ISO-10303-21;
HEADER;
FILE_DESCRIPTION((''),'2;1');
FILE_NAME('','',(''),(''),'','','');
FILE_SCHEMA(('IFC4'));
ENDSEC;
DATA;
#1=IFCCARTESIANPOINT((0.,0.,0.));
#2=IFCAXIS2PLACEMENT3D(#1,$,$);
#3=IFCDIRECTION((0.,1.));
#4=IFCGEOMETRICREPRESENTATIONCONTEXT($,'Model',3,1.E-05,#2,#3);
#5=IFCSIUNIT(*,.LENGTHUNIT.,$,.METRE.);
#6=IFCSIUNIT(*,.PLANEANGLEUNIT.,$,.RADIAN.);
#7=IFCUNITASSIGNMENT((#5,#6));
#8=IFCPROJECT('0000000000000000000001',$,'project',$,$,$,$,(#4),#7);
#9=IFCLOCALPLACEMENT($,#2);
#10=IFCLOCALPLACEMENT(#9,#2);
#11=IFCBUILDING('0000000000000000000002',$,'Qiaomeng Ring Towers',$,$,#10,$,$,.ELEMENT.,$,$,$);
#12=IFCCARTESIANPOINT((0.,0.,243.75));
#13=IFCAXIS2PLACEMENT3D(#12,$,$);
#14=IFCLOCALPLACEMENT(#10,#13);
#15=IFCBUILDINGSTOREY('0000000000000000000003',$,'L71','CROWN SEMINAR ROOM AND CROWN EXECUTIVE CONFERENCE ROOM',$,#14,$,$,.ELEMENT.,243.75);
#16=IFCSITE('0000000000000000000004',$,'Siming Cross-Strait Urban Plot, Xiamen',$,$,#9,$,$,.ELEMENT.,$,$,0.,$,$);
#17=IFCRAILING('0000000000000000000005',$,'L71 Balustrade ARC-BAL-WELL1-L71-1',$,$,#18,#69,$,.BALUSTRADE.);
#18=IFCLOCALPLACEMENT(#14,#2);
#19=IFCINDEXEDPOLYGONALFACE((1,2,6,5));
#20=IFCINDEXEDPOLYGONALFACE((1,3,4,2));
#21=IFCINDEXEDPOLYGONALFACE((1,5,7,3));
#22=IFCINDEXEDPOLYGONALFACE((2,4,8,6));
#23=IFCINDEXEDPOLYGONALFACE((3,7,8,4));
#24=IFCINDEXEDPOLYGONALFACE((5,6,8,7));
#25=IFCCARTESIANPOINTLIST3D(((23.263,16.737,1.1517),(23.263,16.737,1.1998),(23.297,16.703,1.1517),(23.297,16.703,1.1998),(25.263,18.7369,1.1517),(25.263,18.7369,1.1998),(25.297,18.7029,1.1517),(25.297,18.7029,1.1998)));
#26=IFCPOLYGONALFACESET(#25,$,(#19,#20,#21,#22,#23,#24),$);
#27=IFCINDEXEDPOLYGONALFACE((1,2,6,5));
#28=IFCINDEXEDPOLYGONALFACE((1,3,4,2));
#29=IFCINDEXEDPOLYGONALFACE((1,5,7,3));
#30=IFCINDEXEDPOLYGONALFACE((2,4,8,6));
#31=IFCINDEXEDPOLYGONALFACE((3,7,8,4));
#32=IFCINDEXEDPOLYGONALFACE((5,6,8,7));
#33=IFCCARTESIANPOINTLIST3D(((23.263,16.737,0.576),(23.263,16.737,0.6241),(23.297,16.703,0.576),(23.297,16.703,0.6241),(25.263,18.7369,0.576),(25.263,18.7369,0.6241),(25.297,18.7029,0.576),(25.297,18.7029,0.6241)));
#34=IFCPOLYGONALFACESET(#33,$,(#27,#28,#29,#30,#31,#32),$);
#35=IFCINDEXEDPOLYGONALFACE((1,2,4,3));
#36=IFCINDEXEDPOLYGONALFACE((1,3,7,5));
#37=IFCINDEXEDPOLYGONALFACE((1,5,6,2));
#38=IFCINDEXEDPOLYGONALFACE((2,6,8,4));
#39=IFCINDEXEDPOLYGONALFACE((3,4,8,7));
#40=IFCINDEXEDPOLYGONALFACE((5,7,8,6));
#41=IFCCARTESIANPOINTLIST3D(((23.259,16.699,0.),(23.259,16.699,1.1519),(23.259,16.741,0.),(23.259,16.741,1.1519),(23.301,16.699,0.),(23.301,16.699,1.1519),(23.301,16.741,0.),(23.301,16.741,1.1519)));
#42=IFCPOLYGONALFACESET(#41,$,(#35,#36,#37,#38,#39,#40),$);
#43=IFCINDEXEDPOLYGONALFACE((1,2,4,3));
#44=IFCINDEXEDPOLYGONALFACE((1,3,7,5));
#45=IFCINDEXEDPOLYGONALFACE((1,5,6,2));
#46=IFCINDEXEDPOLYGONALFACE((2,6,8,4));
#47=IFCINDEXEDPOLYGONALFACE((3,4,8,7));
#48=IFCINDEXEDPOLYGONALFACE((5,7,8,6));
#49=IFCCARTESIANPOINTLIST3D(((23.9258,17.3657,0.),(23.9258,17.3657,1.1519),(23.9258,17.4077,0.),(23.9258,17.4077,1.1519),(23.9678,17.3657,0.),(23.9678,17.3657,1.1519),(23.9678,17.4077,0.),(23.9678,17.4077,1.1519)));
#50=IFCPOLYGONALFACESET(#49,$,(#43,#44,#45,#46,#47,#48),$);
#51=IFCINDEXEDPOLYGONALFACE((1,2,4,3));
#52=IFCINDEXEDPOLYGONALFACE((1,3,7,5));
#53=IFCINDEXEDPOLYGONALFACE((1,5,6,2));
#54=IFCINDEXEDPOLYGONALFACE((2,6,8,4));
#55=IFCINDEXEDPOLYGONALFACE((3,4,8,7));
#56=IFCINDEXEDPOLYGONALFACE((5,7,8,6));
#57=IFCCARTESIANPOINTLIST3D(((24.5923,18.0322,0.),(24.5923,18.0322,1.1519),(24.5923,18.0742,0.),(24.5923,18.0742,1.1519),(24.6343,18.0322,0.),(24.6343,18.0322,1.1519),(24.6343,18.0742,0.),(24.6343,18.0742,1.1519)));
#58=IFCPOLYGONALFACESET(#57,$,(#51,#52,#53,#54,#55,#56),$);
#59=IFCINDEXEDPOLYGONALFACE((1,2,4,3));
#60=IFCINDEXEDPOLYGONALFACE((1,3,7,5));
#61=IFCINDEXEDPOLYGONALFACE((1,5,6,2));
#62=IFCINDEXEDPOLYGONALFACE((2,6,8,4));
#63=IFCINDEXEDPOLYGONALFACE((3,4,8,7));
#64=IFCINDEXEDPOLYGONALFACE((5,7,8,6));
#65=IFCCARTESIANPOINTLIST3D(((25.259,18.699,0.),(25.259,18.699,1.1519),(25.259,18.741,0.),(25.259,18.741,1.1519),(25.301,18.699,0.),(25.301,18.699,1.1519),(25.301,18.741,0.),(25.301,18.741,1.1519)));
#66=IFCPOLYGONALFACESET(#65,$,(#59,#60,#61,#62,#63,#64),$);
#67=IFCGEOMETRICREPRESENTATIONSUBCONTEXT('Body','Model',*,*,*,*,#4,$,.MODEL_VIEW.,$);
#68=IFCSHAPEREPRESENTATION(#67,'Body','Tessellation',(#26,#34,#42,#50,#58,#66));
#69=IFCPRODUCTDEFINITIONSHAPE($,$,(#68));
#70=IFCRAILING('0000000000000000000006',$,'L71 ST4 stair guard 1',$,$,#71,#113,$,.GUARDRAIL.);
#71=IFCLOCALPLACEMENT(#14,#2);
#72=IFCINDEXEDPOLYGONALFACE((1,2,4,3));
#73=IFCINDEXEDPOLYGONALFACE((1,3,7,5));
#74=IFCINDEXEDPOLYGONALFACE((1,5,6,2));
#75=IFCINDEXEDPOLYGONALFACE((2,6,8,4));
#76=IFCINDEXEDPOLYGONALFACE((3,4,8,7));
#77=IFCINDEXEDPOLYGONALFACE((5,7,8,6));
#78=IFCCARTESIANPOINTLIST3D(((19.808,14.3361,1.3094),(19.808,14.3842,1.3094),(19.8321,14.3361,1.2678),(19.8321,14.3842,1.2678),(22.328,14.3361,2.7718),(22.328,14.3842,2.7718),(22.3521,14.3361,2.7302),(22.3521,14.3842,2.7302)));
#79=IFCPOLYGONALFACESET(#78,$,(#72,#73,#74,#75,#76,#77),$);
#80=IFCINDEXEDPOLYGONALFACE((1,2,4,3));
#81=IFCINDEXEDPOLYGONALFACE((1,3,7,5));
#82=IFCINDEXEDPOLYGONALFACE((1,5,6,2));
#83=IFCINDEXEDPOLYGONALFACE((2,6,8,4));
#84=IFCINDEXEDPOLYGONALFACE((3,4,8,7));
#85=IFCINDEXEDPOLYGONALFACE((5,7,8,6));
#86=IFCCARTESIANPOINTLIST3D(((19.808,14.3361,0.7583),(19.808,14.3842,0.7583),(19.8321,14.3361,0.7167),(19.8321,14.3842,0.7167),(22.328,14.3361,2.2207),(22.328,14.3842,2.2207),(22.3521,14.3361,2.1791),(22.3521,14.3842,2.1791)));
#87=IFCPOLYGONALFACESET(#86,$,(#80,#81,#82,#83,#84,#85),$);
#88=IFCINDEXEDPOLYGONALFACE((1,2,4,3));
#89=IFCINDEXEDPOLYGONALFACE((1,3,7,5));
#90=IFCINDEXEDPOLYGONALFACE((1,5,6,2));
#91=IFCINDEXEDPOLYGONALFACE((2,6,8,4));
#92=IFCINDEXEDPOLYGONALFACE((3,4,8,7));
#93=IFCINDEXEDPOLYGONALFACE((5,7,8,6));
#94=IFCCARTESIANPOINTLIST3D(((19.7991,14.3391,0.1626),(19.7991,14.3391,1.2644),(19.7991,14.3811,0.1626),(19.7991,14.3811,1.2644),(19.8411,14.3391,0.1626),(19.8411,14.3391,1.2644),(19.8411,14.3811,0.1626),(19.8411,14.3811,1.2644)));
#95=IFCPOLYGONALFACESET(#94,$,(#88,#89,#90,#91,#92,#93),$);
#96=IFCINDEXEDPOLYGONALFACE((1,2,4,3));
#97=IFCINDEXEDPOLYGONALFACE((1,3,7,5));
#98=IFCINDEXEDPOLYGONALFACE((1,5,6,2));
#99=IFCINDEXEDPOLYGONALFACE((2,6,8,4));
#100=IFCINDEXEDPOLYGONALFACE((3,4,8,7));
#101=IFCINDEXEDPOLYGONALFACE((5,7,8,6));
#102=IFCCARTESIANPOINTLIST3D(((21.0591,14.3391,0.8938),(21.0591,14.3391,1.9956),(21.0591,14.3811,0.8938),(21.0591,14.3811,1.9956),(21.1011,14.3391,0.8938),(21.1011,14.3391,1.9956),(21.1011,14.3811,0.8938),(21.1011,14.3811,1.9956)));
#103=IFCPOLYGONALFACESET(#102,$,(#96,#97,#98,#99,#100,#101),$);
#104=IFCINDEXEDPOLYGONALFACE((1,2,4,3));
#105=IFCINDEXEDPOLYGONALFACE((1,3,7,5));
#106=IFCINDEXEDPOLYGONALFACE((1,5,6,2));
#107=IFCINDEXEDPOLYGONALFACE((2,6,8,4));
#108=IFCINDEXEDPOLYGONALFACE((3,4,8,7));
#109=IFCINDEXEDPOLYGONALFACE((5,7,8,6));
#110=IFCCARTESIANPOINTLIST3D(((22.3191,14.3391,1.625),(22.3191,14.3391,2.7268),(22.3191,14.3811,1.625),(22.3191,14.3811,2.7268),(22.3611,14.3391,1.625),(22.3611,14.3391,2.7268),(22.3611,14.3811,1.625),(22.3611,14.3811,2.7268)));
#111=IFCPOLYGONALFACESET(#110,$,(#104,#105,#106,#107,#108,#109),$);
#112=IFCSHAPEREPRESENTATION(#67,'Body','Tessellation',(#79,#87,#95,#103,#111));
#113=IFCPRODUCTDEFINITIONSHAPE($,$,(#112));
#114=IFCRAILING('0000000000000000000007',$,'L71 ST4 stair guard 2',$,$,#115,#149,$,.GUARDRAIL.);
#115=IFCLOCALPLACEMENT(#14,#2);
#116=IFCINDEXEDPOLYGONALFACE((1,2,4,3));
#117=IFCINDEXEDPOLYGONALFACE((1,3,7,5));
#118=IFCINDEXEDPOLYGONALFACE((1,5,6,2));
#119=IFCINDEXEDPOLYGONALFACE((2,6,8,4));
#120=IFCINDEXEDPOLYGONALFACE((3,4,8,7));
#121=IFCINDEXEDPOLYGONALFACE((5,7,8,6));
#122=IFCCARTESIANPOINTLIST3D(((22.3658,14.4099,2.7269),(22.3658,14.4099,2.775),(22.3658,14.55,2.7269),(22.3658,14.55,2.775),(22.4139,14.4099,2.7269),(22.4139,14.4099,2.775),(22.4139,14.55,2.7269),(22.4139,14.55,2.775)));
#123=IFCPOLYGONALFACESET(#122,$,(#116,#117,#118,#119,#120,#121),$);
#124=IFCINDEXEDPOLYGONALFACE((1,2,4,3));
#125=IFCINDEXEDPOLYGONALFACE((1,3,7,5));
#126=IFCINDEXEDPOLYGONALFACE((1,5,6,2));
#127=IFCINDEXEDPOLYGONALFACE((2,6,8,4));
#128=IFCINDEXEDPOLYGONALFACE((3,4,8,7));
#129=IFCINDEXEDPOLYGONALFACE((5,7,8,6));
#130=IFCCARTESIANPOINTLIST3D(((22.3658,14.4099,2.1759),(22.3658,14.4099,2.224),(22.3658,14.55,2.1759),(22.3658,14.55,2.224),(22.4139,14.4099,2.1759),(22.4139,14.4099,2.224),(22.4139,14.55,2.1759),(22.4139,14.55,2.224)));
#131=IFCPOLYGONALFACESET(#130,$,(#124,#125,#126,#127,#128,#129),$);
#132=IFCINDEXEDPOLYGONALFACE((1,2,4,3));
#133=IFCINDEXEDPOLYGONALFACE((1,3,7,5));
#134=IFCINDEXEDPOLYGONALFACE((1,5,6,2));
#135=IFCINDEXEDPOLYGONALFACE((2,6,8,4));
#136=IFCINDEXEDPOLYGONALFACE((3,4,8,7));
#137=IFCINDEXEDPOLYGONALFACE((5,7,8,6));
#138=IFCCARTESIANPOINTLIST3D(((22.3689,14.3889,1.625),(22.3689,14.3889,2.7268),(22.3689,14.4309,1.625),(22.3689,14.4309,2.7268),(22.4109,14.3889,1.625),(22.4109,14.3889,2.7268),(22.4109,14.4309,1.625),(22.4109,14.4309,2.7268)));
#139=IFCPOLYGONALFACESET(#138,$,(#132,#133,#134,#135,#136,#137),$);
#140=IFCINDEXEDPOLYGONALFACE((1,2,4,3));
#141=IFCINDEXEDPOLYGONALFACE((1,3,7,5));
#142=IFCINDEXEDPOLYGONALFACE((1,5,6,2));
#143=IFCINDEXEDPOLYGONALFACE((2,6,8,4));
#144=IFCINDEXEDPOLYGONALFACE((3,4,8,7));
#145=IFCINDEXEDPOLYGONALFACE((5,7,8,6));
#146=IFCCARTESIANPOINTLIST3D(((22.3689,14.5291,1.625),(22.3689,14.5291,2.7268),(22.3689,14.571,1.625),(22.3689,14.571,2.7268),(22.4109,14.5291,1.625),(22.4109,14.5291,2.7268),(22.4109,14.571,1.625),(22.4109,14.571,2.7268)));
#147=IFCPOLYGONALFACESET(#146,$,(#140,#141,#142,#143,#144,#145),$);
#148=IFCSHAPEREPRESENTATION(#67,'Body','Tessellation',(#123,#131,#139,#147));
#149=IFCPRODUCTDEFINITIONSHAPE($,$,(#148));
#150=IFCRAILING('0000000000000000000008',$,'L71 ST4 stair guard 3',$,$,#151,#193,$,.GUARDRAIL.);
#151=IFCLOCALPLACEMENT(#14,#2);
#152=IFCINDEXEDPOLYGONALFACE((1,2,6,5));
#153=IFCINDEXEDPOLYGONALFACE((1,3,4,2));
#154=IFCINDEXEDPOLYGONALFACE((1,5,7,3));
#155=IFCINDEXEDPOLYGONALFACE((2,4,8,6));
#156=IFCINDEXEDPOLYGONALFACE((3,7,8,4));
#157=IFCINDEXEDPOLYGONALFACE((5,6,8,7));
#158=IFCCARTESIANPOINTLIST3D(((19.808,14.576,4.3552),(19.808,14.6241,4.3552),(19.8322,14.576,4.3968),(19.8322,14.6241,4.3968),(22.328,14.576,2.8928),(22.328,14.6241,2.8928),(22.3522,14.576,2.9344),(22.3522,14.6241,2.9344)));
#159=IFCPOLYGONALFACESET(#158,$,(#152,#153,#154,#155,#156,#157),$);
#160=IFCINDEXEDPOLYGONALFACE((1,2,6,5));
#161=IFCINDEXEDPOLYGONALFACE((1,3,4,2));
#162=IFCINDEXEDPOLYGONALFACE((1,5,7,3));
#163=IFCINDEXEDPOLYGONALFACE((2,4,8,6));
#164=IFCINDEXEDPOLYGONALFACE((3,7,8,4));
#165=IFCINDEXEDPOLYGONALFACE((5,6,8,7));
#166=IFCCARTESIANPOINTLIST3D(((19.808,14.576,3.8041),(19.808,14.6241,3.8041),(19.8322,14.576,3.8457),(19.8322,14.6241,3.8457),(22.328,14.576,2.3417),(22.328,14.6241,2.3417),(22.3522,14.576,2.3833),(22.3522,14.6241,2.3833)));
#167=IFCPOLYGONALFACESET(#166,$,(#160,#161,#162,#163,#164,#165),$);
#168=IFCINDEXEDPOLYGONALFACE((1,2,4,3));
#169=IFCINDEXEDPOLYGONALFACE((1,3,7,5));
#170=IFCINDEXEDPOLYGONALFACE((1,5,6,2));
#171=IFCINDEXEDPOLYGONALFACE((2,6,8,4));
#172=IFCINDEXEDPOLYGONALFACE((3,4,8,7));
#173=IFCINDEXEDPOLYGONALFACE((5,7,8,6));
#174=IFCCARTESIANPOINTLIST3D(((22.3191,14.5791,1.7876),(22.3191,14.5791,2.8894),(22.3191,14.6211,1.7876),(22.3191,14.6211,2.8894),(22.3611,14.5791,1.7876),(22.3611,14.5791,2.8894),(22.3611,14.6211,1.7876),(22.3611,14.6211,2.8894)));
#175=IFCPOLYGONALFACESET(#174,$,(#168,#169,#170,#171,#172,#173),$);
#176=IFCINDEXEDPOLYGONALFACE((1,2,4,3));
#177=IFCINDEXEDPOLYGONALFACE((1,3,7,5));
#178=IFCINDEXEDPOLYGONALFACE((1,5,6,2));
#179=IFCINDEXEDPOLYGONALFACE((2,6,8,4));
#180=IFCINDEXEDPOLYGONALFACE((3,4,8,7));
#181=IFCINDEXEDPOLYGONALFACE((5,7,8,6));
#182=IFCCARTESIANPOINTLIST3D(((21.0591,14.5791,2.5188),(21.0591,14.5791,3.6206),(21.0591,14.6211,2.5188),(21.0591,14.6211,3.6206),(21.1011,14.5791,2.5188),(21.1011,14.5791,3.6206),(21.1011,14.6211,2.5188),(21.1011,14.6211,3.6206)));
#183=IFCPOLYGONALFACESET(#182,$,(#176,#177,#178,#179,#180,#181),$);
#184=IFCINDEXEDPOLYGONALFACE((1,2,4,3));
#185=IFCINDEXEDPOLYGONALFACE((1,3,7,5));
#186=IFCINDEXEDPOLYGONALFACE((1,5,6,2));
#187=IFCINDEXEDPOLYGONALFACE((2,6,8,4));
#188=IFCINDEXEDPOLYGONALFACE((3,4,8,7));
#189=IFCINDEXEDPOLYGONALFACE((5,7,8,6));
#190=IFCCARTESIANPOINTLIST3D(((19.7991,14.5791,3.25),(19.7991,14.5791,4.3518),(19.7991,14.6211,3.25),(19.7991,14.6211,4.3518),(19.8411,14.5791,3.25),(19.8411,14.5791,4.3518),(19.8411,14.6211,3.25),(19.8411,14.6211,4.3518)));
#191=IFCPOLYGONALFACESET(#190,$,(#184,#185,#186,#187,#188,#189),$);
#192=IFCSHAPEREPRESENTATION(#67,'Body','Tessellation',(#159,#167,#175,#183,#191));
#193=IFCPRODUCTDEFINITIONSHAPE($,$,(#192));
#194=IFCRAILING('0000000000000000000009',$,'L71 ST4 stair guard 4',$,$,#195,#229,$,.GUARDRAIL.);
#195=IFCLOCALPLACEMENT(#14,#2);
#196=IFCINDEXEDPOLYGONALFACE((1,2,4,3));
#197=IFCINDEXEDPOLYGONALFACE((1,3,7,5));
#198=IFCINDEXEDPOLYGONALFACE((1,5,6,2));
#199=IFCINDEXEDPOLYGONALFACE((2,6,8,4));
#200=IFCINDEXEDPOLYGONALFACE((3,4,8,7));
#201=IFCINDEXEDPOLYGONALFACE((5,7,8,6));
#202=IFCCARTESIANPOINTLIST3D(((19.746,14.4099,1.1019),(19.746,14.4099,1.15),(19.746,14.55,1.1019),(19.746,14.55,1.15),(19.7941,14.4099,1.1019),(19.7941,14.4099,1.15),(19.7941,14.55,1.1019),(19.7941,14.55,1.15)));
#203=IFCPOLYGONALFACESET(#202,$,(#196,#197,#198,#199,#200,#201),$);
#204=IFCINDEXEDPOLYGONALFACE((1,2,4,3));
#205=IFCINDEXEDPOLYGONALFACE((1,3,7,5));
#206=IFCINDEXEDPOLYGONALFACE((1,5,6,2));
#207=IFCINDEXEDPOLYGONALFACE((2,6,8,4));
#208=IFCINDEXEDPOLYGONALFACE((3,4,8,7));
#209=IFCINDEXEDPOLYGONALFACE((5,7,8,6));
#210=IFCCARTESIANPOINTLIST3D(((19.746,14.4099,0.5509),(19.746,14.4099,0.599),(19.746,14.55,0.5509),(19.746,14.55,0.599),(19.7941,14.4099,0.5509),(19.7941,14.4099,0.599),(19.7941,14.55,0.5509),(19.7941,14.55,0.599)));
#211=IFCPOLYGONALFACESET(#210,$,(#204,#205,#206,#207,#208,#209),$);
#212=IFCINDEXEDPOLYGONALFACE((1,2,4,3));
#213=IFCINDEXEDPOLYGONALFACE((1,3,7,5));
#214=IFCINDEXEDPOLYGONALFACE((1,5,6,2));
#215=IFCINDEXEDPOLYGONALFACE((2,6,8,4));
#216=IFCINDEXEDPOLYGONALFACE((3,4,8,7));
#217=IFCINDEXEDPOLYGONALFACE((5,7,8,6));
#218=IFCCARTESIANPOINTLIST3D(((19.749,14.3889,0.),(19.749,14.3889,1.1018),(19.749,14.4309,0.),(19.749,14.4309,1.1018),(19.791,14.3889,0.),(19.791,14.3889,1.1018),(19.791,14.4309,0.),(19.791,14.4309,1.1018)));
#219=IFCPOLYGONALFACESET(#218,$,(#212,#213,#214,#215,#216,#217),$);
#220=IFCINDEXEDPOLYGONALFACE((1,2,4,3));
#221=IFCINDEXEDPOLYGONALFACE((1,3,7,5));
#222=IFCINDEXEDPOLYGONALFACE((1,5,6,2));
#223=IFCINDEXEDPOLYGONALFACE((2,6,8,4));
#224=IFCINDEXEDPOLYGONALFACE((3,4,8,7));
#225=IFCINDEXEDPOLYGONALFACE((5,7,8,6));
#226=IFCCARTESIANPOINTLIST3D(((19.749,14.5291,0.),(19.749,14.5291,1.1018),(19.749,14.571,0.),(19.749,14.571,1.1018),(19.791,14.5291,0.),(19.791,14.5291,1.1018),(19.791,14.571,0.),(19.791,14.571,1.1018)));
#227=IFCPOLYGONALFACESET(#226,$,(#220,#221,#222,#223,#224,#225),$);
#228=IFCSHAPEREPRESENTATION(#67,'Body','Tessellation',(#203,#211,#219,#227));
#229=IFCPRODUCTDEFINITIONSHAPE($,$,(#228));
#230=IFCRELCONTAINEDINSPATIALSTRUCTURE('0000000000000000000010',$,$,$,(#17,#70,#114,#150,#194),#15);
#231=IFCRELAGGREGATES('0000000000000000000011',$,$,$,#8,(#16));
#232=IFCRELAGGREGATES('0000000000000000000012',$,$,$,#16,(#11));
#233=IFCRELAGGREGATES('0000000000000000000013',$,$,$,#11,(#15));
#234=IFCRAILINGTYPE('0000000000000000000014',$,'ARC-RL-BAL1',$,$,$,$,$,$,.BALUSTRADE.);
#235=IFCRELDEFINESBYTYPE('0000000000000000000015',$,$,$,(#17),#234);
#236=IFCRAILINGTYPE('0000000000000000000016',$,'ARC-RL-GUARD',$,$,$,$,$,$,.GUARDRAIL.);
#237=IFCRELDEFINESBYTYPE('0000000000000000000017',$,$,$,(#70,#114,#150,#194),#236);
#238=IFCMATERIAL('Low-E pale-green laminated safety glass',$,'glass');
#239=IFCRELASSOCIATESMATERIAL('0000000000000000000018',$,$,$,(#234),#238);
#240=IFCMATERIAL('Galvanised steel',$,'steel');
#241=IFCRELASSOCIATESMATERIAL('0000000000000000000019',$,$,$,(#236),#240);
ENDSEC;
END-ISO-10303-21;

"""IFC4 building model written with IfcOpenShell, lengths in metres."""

from ifc_helpers import new_model, si_unit, direction, frame, origin, origin_2d, place, context, subcontext, project, spatial, rectangle, extrude, material, type_object, element, save


model = new_model("IFC4")

# Units and contexts
model_context = context("Model", 3, precision=1e-05, world=origin(), true_north=direction((0.0, 1.0)))
body_context = subcontext(model_context, "Body", "Model", "MODEL_VIEW")
ifc_project = project(units=[si_unit("LENGTHUNIT", "METRE"), si_unit("PLANEANGLEUNIT", "RADIAN")], contexts=[model_context])

# Site, building, storey
site_placement = place(None, origin())
site = spatial("IfcSite", under=ifc_project, at=site_placement, Name="Siming Cross-Strait Urban Plot, Xiamen", CompositionType="ELEMENT", RefElevation=0.0)
building_placement = place(site_placement, origin())
building = spatial("IfcBuilding", under=site, at=building_placement, Name="Qiaomeng Ring Towers", CompositionType="ELEMENT")
storey_placement = place(building_placement, frame((0.0, 0.0, 243.75)))
storey = spatial("IfcBuildingStorey", under=building, at=storey_placement, Name="L71", Description="CROWN SEMINAR ROOM AND CROWN EXECUTIVE CONFERENCE ROOM", CompositionType="ELEMENT", Elevation=243.75)

# Shared definitions
ifc_material_1 = material(Name="Galvanised steel", Category="steel")

# Railings
ifc_material_2 = material(Name="Low-E pale-green laminated safety glass", Category="glass")
railing_type_1 = type_object("IfcRailingType", Name="ARC-RL-BAL1", PredefinedType="BALUSTRADE", material=ifc_material_2)
railing_1_placement = place(storey_placement, frame((23.28, 16.72, 0.0)))
element("IfcRailing", 1, at=railing_1_placement, inside=storey, type_object=railing_type_1, Name="L71 Balustrade ARC-BAL-WELL1-L71-1", PredefinedType="BALUSTRADE", context=body_context, shape_type="SweptSolid", body=[
    extrude(rectangle(XDim=0.0481, YDim=0.0481, at=origin_2d()), frame((0.0, 0.0, 1.1758), z_axis=(0.707107, 0.707107, 0.0), x_axis=(-0.707107, 0.707107, 0.0)), (0.0, 0.0, 1.0), 2.8284),
    extrude(rectangle(XDim=0.0481, YDim=0.0481, at=origin_2d()), frame((0.0, 0.0, 0.6001), z_axis=(0.707107, 0.707107, 0.0), x_axis=(-0.707107, 0.707107, 0.0)), (0.0, 0.0, 1.0), 2.8284),
    extrude(rectangle(XDim=0.042, YDim=0.042, at=origin_2d()), origin(), (0.0, 0.0, 1.0), 1.1519),
    extrude(rectangle(XDim=0.042, YDim=0.042, at=origin_2d()), frame((0.6667, 0.6667, 0.0)), (0.0, 0.0, 1.0), 1.1519),
    extrude(rectangle(XDim=0.042, YDim=0.042, at=origin_2d()), frame((1.3333, 1.3333, 0.0)), (0.0, 0.0, 1.0), 1.1519),
    extrude(rectangle(XDim=0.042, YDim=0.042, at=origin_2d()), frame((2.0, 2.0, 0.0)), (0.0, 0.0, 1.0), 1.1519),
])
railing_type_2 = type_object("IfcRailingType", Name="ARC-RL-GUARD", PredefinedType="GUARDRAIL", material=ifc_material_1)
railing_2_placement = place(storey_placement, frame((19.8201, 14.3601, 0.1626)))
element("IfcRailing", 2, at=railing_2_placement, inside=storey, type_object=railing_type_2, Name="L71 ST4 stair guard 1", PredefinedType="GUARDRAIL", context=body_context, shape_type="SweptSolid", body=[
    extrude(rectangle(XDim=0.0481, YDim=0.0481, at=origin_2d()), frame((0.0, 0.0, 1.126), z_axis=(0.864913, 0.0, 0.501921), x_axis=(0.0, 1.0, 0.0)), (0.0, 0.0, 1.0), 2.9136),
    extrude(rectangle(XDim=0.0481, YDim=0.0481, at=origin_2d()), frame((0.0, 0.0, 0.575), z_axis=(0.864913, 0.0, 0.501921), x_axis=(0.0, 1.0, 0.0)), (0.0, 0.0, 1.0), 2.9136),
    extrude(rectangle(XDim=0.042, YDim=0.042, at=origin_2d()), origin(), (0.0, 0.0, 1.0), 1.1018),
    extrude(rectangle(XDim=0.042, YDim=0.042, at=origin_2d()), frame((1.26, 0.0, 0.7312)), (0.0, 0.0, 1.0), 1.1018),
    extrude(rectangle(XDim=0.042, YDim=0.042, at=origin_2d()), frame((2.52, 0.0, 1.4624)), (0.0, 0.0, 1.0), 1.1018),
])
railing_3_placement = place(storey_placement, frame((22.3899, 14.4099, 1.625)))
element("IfcRailing", 3, at=railing_3_placement, inside=storey, type_object=railing_type_2, Name="L71 ST4 stair guard 2", PredefinedType="GUARDRAIL", context=body_context, shape_type="SweptSolid", body=[
    extrude(rectangle(XDim=0.0481, YDim=0.0481, at=origin_2d()), frame((0.0, 0.0, 1.126), z_axis=(0.0, 1.0, 0.0), x_axis=(-1.0, 0.0, 0.0)), (0.0, 0.0, 1.0), 0.1401),
    extrude(rectangle(XDim=0.0481, YDim=0.0481, at=origin_2d()), frame((0.0, 0.0, 0.575), z_axis=(0.0, 1.0, 0.0), x_axis=(-1.0, 0.0, 0.0)), (0.0, 0.0, 1.0), 0.1401),
    extrude(rectangle(XDim=0.042, YDim=0.042, at=origin_2d()), origin(), (0.0, 0.0, 1.0), 1.1018),
    extrude(rectangle(XDim=0.042, YDim=0.042, at=origin_2d()), frame((0.0, 0.1401, 0.0)), (0.0, 0.0, 1.0), 1.1018),
])
railing_4_placement = place(storey_placement, frame((22.3401, 14.6001, 1.7876)))
element("IfcRailing", 4, at=railing_4_placement, inside=storey, type_object=railing_type_2, Name="L71 ST4 stair guard 3", PredefinedType="GUARDRAIL", context=body_context, shape_type="SweptSolid", body=[
    extrude(rectangle(XDim=0.0481, YDim=0.0481, at=origin_2d()), frame((0.0, 0.0, 1.126), z_axis=(-0.864913, 0.0, 0.501921), x_axis=(0.0, -1.0, 0.0)), (0.0, 0.0, 1.0), 2.9136),
    extrude(rectangle(XDim=0.0481, YDim=0.0481, at=origin_2d()), frame((0.0, 0.0, 0.575), z_axis=(-0.864913, 0.0, 0.501921), x_axis=(0.0, -1.0, 0.0)), (0.0, 0.0, 1.0), 2.9136),
    extrude(rectangle(XDim=0.042, YDim=0.042, at=origin_2d()), origin(), (0.0, 0.0, 1.0), 1.1018),
    extrude(rectangle(XDim=0.042, YDim=0.042, at=origin_2d()), frame((-1.26, 0.0, 0.7312)), (0.0, 0.0, 1.0), 1.1018),
    extrude(rectangle(XDim=0.042, YDim=0.042, at=origin_2d()), frame((-2.52, 0.0, 1.4624)), (0.0, 0.0, 1.0), 1.1018),
])
railing_5_placement = place(storey_placement, frame((19.77, 14.4099, 0.0)))
element("IfcRailing", 5, at=railing_5_placement, inside=storey, type_object=railing_type_2, Name="L71 ST4 stair guard 4", PredefinedType="GUARDRAIL", context=body_context, shape_type="SweptSolid", body=[
    extrude(rectangle(XDim=0.0481, YDim=0.0481, at=origin_2d()), frame((0.0, 0.0, 1.126), z_axis=(0.0, 1.0, 0.0), x_axis=(-1.0, 0.0, 0.0)), (0.0, 0.0, 1.0), 0.1401),
    extrude(rectangle(XDim=0.0481, YDim=0.0481, at=origin_2d()), frame((0.0, 0.0, 0.575), z_axis=(0.0, 1.0, 0.0), x_axis=(-1.0, 0.0, 0.0)), (0.0, 0.0, 1.0), 0.1401),
    extrude(rectangle(XDim=0.042, YDim=0.042, at=origin_2d()), origin(), (0.0, 0.0, 1.0), 1.1018),
    extrude(rectangle(XDim=0.042, YDim=0.042, at=origin_2d()), frame((0.0, 0.1401, 0.0)), (0.0, 0.0, 1.0), 1.1018),
])

save(model, "model.ifc")
